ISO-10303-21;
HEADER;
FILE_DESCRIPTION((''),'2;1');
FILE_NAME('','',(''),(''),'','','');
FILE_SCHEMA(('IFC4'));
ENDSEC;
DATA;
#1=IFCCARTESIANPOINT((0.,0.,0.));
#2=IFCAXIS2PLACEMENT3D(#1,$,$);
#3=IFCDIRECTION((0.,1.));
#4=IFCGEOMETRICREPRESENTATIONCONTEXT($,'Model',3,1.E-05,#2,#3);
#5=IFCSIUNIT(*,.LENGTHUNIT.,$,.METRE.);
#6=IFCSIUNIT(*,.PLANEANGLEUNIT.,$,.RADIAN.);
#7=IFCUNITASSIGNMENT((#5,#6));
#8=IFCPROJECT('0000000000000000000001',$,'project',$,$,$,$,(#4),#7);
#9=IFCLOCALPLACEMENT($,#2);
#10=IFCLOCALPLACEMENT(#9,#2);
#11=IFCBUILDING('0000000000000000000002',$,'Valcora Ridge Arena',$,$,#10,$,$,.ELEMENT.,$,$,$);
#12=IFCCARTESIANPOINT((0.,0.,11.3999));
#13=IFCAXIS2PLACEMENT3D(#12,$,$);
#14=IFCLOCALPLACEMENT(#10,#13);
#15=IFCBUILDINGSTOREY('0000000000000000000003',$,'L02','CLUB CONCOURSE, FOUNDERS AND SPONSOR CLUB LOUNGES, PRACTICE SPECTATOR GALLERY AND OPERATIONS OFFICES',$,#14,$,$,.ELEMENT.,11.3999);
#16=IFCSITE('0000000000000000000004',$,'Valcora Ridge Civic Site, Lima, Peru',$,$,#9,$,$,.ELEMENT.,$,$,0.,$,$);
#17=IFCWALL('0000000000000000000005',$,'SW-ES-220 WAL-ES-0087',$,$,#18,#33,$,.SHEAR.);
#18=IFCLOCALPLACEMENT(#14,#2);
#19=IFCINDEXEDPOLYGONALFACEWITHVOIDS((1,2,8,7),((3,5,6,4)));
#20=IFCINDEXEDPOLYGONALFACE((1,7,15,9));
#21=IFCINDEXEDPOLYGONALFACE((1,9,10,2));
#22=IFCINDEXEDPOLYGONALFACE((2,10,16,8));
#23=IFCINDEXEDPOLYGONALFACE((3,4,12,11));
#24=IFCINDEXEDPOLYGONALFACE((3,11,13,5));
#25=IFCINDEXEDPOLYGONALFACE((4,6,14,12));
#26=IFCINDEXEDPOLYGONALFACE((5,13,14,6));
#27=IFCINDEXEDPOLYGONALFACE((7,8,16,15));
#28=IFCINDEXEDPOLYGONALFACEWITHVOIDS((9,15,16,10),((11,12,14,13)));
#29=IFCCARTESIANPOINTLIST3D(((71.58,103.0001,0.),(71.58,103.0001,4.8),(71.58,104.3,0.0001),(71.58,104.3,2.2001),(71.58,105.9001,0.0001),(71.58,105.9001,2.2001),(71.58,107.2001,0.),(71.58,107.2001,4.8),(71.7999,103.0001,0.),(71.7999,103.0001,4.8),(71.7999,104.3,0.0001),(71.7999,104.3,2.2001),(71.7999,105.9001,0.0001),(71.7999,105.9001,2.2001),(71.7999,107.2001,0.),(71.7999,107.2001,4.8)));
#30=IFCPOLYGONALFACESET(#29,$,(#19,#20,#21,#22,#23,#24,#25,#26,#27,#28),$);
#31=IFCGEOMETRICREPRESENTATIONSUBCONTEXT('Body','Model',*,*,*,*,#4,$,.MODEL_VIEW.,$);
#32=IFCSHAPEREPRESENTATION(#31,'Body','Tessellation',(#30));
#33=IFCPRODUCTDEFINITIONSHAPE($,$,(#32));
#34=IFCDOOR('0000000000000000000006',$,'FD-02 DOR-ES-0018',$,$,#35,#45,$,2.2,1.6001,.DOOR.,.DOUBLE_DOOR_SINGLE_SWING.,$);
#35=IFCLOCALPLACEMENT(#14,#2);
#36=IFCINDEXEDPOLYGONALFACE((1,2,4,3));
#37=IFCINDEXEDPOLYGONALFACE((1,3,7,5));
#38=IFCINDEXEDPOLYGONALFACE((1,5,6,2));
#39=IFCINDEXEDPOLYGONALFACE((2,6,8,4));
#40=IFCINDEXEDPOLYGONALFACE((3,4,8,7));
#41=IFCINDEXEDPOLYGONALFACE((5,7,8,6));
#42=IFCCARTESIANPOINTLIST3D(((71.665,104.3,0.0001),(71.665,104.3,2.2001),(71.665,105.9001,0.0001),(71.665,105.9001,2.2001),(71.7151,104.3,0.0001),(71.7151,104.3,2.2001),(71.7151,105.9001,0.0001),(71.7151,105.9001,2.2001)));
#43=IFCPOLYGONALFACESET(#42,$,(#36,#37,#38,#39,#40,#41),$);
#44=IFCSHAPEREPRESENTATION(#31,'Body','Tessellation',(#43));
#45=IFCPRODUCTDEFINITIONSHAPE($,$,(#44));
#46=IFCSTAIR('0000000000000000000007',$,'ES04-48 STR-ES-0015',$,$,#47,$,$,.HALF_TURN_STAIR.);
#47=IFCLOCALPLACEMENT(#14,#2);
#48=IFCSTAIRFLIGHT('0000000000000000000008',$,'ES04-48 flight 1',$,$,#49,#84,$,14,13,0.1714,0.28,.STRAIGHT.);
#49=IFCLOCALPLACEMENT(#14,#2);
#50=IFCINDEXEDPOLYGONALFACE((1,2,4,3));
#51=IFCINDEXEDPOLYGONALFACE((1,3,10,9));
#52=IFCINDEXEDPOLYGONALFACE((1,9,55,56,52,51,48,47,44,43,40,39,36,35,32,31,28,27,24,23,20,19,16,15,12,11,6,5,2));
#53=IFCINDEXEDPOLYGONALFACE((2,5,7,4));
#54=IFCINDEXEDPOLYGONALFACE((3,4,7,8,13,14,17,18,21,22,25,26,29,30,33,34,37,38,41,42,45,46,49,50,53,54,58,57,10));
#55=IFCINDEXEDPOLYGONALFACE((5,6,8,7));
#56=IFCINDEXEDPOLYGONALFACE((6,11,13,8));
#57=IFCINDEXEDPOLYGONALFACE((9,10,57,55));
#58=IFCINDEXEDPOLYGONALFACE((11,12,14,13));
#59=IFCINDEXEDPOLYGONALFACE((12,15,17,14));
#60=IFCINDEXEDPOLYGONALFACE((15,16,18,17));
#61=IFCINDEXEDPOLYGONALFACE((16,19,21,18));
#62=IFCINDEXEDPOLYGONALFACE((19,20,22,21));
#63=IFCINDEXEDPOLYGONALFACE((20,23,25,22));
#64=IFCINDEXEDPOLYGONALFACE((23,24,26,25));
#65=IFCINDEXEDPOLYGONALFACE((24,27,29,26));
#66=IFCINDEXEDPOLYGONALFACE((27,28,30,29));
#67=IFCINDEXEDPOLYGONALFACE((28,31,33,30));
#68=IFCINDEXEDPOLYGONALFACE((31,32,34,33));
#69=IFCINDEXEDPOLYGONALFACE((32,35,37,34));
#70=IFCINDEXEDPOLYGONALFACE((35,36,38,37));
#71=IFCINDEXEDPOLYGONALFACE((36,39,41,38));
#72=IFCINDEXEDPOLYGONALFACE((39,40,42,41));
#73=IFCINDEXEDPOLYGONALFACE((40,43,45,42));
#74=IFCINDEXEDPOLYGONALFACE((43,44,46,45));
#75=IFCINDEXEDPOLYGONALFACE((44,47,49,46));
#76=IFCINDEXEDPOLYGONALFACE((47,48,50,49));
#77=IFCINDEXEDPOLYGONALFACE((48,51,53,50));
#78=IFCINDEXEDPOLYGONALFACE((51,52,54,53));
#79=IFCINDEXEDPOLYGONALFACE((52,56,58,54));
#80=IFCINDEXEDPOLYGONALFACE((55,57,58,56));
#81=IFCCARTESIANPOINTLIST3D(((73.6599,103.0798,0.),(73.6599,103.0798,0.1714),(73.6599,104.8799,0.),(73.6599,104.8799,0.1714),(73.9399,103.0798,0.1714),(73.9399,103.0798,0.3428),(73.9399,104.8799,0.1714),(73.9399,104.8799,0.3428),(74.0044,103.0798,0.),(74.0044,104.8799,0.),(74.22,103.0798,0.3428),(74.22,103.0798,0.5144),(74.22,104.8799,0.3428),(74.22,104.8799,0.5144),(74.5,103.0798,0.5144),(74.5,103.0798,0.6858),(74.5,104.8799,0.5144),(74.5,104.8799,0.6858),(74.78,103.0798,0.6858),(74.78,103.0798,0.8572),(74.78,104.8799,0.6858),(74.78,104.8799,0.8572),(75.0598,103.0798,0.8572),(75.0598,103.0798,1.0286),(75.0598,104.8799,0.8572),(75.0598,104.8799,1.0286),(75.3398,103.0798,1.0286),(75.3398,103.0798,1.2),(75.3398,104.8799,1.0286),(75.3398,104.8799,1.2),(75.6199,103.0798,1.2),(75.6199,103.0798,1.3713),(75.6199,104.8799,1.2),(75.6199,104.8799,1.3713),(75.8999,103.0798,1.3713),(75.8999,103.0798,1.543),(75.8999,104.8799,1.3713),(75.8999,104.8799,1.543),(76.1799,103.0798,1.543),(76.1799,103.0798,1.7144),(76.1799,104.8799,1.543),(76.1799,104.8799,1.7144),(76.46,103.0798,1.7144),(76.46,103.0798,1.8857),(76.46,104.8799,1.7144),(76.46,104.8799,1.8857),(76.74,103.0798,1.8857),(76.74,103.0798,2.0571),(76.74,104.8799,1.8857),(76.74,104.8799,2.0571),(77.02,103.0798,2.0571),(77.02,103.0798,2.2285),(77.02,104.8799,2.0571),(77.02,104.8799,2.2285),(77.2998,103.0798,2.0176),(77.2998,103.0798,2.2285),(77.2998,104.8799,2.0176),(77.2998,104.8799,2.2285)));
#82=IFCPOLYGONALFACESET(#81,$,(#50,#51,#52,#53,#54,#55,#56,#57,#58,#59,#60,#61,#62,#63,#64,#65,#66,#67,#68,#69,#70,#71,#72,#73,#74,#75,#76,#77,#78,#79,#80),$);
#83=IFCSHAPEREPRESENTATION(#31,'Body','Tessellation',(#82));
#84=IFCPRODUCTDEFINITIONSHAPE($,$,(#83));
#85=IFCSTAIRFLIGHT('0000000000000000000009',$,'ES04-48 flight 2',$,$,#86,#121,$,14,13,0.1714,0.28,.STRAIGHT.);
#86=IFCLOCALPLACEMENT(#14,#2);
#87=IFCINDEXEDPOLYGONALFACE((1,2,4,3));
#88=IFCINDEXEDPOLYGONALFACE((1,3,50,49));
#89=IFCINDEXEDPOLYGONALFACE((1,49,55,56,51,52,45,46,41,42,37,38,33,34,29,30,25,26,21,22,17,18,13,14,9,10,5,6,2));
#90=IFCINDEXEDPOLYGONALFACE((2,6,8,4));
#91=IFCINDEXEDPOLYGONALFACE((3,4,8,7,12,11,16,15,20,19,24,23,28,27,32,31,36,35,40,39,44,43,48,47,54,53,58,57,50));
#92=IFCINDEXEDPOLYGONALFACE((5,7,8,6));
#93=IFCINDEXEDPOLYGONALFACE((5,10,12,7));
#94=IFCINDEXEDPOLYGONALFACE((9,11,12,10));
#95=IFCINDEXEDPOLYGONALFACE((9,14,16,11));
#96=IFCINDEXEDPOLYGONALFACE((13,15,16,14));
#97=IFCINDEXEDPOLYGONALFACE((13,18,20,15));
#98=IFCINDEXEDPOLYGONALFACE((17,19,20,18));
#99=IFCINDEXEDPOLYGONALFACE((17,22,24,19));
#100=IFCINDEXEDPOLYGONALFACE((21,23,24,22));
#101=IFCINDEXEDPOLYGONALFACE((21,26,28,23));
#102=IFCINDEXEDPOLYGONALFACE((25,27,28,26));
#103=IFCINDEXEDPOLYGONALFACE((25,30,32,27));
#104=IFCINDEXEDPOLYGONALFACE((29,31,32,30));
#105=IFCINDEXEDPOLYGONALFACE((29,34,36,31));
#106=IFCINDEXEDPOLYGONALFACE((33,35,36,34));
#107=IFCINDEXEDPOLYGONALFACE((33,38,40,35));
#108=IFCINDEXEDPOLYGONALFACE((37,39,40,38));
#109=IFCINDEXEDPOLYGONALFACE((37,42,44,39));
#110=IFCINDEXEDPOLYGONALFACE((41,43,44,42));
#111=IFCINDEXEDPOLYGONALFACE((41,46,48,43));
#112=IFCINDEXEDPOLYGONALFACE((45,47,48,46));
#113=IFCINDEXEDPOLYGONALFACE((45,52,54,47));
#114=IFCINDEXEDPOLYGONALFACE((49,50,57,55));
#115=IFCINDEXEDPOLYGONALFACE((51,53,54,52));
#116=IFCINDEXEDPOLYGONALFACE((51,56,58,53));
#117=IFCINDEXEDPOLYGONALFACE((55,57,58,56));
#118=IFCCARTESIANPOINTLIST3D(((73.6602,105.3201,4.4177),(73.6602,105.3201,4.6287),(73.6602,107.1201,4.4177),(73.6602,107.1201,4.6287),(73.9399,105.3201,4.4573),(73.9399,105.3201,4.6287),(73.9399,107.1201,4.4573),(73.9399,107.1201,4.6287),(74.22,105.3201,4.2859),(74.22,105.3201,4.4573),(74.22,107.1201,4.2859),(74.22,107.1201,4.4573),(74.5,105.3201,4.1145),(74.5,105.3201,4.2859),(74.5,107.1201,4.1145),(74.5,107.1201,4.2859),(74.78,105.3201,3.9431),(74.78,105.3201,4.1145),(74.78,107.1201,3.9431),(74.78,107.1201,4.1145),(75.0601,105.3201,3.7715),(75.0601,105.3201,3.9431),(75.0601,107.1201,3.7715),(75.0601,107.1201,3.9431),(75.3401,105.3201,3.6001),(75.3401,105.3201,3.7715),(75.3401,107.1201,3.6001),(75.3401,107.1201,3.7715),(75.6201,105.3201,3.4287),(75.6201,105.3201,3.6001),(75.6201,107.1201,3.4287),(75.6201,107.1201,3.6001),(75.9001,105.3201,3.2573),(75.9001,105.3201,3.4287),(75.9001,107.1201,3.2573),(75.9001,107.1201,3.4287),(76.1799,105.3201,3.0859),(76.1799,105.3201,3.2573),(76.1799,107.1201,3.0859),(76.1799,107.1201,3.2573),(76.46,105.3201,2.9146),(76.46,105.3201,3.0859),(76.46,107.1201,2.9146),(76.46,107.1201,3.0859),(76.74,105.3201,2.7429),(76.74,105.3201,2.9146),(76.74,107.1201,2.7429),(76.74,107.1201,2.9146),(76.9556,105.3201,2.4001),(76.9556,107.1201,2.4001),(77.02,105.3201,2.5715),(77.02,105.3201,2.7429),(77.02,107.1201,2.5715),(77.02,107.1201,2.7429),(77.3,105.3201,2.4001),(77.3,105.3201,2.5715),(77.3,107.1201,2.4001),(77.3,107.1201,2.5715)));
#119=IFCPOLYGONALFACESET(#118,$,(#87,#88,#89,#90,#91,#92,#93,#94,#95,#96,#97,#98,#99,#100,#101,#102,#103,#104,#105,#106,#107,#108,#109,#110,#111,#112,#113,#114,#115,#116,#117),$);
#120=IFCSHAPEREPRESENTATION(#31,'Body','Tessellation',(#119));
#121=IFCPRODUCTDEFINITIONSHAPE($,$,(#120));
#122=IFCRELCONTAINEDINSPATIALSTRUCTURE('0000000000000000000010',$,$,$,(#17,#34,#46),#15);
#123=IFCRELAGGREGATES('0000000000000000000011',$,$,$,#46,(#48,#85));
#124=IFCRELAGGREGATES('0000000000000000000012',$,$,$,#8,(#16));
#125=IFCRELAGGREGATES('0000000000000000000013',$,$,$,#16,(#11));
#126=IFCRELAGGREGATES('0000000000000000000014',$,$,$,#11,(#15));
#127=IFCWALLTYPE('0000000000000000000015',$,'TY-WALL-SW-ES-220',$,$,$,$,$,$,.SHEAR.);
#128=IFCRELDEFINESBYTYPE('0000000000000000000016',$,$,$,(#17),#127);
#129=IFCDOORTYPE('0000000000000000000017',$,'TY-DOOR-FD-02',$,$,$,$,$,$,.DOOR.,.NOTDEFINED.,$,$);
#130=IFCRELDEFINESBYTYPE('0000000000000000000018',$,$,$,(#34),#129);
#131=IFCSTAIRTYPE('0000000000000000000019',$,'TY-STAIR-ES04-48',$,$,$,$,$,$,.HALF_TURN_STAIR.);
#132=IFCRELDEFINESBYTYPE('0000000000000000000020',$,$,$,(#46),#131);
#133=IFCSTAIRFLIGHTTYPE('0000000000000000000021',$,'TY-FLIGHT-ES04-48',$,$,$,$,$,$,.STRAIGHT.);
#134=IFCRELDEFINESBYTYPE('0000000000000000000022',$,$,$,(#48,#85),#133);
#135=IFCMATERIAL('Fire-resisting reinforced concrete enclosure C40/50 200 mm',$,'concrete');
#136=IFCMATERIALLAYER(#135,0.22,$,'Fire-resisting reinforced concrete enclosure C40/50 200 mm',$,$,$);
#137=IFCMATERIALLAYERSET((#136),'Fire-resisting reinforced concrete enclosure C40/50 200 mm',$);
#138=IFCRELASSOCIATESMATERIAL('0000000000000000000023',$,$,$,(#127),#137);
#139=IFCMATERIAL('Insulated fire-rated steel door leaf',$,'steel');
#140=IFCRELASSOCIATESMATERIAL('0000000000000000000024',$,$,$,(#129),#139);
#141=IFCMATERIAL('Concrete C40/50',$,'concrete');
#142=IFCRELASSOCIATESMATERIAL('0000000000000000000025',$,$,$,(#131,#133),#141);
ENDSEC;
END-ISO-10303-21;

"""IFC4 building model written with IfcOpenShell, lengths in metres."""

from ifc_helpers import new_model, si_unit, direction, frame, frame_2d, origin, place, context, subcontext, project, spatial, polyline, rectangle, outline, extrude, material, layer, layer_set, type_object, element, fill, aggregate, save


model = new_model("IFC4")

# Units and contexts
model_context = context("Model", 3, precision=1e-05, world=origin(), true_north=direction((0.0, 1.0)))
body_context = subcontext(model_context, "Body", "Model", "MODEL_VIEW")
ifc_project = project(units=[si_unit("LENGTHUNIT", "METRE"), si_unit("PLANEANGLEUNIT", "RADIAN")], contexts=[model_context])

# Site, building, storey
site_placement = place(None, origin())
site = spatial("IfcSite", under=ifc_project, at=site_placement, Name="Valcora Ridge Civic Site, Lima, Peru", CompositionType="ELEMENT", RefElevation=0.0)
building_placement = place(site_placement, origin())
building = spatial("IfcBuilding", under=site, at=building_placement, Name="Valcora Ridge Arena", CompositionType="ELEMENT")
storey_placement = place(building_placement, frame((0.0, 0.0, 11.3999)))
storey = spatial("IfcBuildingStorey", under=building, at=storey_placement, Name="L02", Description="CLUB CONCOURSE, FOUNDERS AND SPONSOR CLUB LOUNGES, PRACTICE SPECTATOR GALLERY AND OPERATIONS OFFICES", CompositionType="ELEMENT", Elevation=11.3999)

# Shared definitions
ifc_material_1 = material(Name="Concrete C40/50", Category="concrete")

# Shared definitions
ifc_material_2 = material(Name="Fire-resisting reinforced concrete enclosure C40/50 200 mm", Category="concrete")
ifc_layer_1 = layer(ifc_material_2, 0.22, Name="Fire-resisting reinforced concrete enclosure C40/50 200 mm")
ifc_layer_set_1 = layer_set([ifc_layer_1], Name="Fire-resisting reinforced concrete enclosure C40/50 200 mm")
wall_type = type_object("IfcWallType", Name="TY-WALL-SW-ES-220", PredefinedType="SHEAR", material=ifc_layer_set_1)

# Wall, opening, door
wall_placement = place(storey_placement, frame((71.6899, 103.0, 0.0), z_axis=(0.0, 0.0, 1.0), x_axis=(0.0, 1.0, 0.0)))
wall = element("IfcWall", 1, at=wall_placement, inside=storey, type_object=wall_type, Name="SW-ES-220 WAL-ES-0087", PredefinedType="SHEAR", context=body_context, shape_type="SweptSolid", body=[
    extrude(rectangle(XDim=4.2, YDim=0.22, at=frame_2d((2.1001, 0.0))), origin(), (0.0, 0.0, 1.0), 4.8),
])
opening_placement = place(wall_placement, frame((1.3, 0.0, 0.0)))
opening = element("IfcOpeningElement", 2, at=opening_placement, cuts=wall, PredefinedType="OPENING", context=body_context, shape_type="SweptSolid", body=[
    extrude(rectangle(XDim=1.6001, YDim=2.2, at=frame_2d((0.8, 1.1001))), frame((0.0, 0.1199, 0.0), z_axis=(0.0, -1.0, 0.0), x_axis=(1.0, 0.0, 0.0)), (0.0, 0.0, 1.0), 0.24),
])
ifc_material_3 = material(Name="Insulated fire-rated steel door leaf", Category="steel")
door_type = type_object("IfcDoorType", Name="TY-DOOR-FD-02", OperationType="NOTDEFINED", PredefinedType="DOOR", material=ifc_material_3)
door_placement = place(opening_placement, origin())
door = element("IfcDoor", 3, at=door_placement, inside=storey, type_object=door_type, Name="FD-02 DOR-ES-0018", OperationType="DOUBLE_DOOR_SINGLE_SWING", OverallHeight=2.2, OverallWidth=1.6001, PredefinedType="DOOR", context=body_context, shape_type="SweptSolid", body=[
    extrude(rectangle(XDim=1.6001, YDim=2.2, at=frame_2d((0.8, 1.1001))), frame((0.0, 0.0249, 0.0), z_axis=(0.0, -1.0, 0.0), x_axis=(1.0, 0.0, 0.0)), (0.0, 0.0, 1.0), 0.05),
])
fill(opening, door)

# Stair, stair flights
stair_type = type_object("IfcStairType", Name="TY-STAIR-ES04-48", PredefinedType="HALF_TURN_STAIR", material=ifc_material_1)
stair_placement = place(storey_placement, origin())
stair = element("IfcStair", 4, at=stair_placement, inside=storey, type_object=stair_type, Name="ES04-48 STR-ES-0015", PredefinedType="HALF_TURN_STAIR")
stair_flight_type = type_object("IfcStairFlightType", Name="TY-FLIGHT-ES04-48", PredefinedType="STRAIGHT", material=ifc_material_1)
stair_flight_1_placement = place(storey_placement, frame((73.6599, 103.98, 0.0), z_axis=(0.0, 0.0, 1.0), x_axis=(1.0, 0.0, 0.0)))
stair_flight_1 = element("IfcStairFlight", 5, at=stair_flight_1_placement, type_object=stair_flight_type, Name="ES04-48 flight 1", NumberOfRisers=14, NumberOfTreads=13, PredefinedType="STRAIGHT", RiserHeight=0.1714, TreadLength=0.28, context=body_context, shape_type="SweptSolid", body=[
    extrude(outline(polyline([(0.0, 0.0), (0.0, 0.1714), (0.28, 0.1714), (0.28, 0.3428), (0.5601, 0.3428), (0.5601, 0.5144), (0.8401, 0.5144), (0.8401, 0.6858), (1.1201, 0.6858), (1.1201, 0.8572), (1.3999, 0.8572), (1.3999, 1.0286), (1.6799, 1.0286), (1.6799, 1.2), (1.96, 1.2), (1.96, 1.3713), (2.24, 1.3713), (2.24, 1.543), (2.52, 1.543), (2.52, 1.7144), (2.8, 1.7144), (2.8, 1.8857), (3.0801, 1.8857), (3.0801, 2.0571), (3.3601, 2.0571), (3.3601, 2.2285), (3.6399, 2.2285), (3.6399, 2.3999), (3.6399, 2.0176), (0.3445, 0.0), (0.0, 0.0)])), frame((0.0, 0.8999, 0.0), z_axis=(0.0, -1.0, 0.0), x_axis=(1.0, 0.0, 0.0)), (0.0, 0.0, 1.0), 1.8),
])
stair_flight_2_placement = place(storey_placement, frame((77.3, 106.22, 2.4001), z_axis=(0.0, 0.0, 1.0), x_axis=(-1.0, 0.0, 0.0)))
stair_flight_2 = element("IfcStairFlight", 6, at=stair_flight_2_placement, type_object=stair_flight_type, Name="ES04-48 flight 2", NumberOfRisers=14, NumberOfTreads=13, PredefinedType="STRAIGHT", RiserHeight=0.1714, TreadLength=0.28, context=body_context, shape_type="SweptSolid", body=[
    extrude(outline(polyline([(0.0, 0.0), (0.0, 0.1714), (0.28, 0.1714), (0.28, 0.3428), (0.5601, 0.3428), (0.5601, 0.5144), (0.8401, 0.5144), (0.8401, 0.6858), (1.1201, 0.6858), (1.1201, 0.8572), (1.3999, 0.8572), (1.3999, 1.0286), (1.6799, 1.0286), (1.6799, 1.2), (1.96, 1.2), (1.96, 1.3713), (2.24, 1.3713), (2.24, 1.543), (2.52, 1.543), (2.52, 1.7144), (2.8, 1.7144), (2.8, 1.8857), (3.0801, 1.8857), (3.0801, 2.0571), (3.3601, 2.0571), (3.3601, 2.2285), (3.6399, 2.2285), (3.6399, 2.3999), (3.6399, 2.0176), (0.3445, 0.0), (0.0, 0.0)])), frame((0.0, 0.8999, 0.0), z_axis=(0.0, -1.0, 0.0), x_axis=(1.0, 0.0, 0.0)), (0.0, 0.0, 1.0), 1.8),
])
aggregate(stair, [stair_flight_1, stair_flight_2])

save(model, "model.ifc")
